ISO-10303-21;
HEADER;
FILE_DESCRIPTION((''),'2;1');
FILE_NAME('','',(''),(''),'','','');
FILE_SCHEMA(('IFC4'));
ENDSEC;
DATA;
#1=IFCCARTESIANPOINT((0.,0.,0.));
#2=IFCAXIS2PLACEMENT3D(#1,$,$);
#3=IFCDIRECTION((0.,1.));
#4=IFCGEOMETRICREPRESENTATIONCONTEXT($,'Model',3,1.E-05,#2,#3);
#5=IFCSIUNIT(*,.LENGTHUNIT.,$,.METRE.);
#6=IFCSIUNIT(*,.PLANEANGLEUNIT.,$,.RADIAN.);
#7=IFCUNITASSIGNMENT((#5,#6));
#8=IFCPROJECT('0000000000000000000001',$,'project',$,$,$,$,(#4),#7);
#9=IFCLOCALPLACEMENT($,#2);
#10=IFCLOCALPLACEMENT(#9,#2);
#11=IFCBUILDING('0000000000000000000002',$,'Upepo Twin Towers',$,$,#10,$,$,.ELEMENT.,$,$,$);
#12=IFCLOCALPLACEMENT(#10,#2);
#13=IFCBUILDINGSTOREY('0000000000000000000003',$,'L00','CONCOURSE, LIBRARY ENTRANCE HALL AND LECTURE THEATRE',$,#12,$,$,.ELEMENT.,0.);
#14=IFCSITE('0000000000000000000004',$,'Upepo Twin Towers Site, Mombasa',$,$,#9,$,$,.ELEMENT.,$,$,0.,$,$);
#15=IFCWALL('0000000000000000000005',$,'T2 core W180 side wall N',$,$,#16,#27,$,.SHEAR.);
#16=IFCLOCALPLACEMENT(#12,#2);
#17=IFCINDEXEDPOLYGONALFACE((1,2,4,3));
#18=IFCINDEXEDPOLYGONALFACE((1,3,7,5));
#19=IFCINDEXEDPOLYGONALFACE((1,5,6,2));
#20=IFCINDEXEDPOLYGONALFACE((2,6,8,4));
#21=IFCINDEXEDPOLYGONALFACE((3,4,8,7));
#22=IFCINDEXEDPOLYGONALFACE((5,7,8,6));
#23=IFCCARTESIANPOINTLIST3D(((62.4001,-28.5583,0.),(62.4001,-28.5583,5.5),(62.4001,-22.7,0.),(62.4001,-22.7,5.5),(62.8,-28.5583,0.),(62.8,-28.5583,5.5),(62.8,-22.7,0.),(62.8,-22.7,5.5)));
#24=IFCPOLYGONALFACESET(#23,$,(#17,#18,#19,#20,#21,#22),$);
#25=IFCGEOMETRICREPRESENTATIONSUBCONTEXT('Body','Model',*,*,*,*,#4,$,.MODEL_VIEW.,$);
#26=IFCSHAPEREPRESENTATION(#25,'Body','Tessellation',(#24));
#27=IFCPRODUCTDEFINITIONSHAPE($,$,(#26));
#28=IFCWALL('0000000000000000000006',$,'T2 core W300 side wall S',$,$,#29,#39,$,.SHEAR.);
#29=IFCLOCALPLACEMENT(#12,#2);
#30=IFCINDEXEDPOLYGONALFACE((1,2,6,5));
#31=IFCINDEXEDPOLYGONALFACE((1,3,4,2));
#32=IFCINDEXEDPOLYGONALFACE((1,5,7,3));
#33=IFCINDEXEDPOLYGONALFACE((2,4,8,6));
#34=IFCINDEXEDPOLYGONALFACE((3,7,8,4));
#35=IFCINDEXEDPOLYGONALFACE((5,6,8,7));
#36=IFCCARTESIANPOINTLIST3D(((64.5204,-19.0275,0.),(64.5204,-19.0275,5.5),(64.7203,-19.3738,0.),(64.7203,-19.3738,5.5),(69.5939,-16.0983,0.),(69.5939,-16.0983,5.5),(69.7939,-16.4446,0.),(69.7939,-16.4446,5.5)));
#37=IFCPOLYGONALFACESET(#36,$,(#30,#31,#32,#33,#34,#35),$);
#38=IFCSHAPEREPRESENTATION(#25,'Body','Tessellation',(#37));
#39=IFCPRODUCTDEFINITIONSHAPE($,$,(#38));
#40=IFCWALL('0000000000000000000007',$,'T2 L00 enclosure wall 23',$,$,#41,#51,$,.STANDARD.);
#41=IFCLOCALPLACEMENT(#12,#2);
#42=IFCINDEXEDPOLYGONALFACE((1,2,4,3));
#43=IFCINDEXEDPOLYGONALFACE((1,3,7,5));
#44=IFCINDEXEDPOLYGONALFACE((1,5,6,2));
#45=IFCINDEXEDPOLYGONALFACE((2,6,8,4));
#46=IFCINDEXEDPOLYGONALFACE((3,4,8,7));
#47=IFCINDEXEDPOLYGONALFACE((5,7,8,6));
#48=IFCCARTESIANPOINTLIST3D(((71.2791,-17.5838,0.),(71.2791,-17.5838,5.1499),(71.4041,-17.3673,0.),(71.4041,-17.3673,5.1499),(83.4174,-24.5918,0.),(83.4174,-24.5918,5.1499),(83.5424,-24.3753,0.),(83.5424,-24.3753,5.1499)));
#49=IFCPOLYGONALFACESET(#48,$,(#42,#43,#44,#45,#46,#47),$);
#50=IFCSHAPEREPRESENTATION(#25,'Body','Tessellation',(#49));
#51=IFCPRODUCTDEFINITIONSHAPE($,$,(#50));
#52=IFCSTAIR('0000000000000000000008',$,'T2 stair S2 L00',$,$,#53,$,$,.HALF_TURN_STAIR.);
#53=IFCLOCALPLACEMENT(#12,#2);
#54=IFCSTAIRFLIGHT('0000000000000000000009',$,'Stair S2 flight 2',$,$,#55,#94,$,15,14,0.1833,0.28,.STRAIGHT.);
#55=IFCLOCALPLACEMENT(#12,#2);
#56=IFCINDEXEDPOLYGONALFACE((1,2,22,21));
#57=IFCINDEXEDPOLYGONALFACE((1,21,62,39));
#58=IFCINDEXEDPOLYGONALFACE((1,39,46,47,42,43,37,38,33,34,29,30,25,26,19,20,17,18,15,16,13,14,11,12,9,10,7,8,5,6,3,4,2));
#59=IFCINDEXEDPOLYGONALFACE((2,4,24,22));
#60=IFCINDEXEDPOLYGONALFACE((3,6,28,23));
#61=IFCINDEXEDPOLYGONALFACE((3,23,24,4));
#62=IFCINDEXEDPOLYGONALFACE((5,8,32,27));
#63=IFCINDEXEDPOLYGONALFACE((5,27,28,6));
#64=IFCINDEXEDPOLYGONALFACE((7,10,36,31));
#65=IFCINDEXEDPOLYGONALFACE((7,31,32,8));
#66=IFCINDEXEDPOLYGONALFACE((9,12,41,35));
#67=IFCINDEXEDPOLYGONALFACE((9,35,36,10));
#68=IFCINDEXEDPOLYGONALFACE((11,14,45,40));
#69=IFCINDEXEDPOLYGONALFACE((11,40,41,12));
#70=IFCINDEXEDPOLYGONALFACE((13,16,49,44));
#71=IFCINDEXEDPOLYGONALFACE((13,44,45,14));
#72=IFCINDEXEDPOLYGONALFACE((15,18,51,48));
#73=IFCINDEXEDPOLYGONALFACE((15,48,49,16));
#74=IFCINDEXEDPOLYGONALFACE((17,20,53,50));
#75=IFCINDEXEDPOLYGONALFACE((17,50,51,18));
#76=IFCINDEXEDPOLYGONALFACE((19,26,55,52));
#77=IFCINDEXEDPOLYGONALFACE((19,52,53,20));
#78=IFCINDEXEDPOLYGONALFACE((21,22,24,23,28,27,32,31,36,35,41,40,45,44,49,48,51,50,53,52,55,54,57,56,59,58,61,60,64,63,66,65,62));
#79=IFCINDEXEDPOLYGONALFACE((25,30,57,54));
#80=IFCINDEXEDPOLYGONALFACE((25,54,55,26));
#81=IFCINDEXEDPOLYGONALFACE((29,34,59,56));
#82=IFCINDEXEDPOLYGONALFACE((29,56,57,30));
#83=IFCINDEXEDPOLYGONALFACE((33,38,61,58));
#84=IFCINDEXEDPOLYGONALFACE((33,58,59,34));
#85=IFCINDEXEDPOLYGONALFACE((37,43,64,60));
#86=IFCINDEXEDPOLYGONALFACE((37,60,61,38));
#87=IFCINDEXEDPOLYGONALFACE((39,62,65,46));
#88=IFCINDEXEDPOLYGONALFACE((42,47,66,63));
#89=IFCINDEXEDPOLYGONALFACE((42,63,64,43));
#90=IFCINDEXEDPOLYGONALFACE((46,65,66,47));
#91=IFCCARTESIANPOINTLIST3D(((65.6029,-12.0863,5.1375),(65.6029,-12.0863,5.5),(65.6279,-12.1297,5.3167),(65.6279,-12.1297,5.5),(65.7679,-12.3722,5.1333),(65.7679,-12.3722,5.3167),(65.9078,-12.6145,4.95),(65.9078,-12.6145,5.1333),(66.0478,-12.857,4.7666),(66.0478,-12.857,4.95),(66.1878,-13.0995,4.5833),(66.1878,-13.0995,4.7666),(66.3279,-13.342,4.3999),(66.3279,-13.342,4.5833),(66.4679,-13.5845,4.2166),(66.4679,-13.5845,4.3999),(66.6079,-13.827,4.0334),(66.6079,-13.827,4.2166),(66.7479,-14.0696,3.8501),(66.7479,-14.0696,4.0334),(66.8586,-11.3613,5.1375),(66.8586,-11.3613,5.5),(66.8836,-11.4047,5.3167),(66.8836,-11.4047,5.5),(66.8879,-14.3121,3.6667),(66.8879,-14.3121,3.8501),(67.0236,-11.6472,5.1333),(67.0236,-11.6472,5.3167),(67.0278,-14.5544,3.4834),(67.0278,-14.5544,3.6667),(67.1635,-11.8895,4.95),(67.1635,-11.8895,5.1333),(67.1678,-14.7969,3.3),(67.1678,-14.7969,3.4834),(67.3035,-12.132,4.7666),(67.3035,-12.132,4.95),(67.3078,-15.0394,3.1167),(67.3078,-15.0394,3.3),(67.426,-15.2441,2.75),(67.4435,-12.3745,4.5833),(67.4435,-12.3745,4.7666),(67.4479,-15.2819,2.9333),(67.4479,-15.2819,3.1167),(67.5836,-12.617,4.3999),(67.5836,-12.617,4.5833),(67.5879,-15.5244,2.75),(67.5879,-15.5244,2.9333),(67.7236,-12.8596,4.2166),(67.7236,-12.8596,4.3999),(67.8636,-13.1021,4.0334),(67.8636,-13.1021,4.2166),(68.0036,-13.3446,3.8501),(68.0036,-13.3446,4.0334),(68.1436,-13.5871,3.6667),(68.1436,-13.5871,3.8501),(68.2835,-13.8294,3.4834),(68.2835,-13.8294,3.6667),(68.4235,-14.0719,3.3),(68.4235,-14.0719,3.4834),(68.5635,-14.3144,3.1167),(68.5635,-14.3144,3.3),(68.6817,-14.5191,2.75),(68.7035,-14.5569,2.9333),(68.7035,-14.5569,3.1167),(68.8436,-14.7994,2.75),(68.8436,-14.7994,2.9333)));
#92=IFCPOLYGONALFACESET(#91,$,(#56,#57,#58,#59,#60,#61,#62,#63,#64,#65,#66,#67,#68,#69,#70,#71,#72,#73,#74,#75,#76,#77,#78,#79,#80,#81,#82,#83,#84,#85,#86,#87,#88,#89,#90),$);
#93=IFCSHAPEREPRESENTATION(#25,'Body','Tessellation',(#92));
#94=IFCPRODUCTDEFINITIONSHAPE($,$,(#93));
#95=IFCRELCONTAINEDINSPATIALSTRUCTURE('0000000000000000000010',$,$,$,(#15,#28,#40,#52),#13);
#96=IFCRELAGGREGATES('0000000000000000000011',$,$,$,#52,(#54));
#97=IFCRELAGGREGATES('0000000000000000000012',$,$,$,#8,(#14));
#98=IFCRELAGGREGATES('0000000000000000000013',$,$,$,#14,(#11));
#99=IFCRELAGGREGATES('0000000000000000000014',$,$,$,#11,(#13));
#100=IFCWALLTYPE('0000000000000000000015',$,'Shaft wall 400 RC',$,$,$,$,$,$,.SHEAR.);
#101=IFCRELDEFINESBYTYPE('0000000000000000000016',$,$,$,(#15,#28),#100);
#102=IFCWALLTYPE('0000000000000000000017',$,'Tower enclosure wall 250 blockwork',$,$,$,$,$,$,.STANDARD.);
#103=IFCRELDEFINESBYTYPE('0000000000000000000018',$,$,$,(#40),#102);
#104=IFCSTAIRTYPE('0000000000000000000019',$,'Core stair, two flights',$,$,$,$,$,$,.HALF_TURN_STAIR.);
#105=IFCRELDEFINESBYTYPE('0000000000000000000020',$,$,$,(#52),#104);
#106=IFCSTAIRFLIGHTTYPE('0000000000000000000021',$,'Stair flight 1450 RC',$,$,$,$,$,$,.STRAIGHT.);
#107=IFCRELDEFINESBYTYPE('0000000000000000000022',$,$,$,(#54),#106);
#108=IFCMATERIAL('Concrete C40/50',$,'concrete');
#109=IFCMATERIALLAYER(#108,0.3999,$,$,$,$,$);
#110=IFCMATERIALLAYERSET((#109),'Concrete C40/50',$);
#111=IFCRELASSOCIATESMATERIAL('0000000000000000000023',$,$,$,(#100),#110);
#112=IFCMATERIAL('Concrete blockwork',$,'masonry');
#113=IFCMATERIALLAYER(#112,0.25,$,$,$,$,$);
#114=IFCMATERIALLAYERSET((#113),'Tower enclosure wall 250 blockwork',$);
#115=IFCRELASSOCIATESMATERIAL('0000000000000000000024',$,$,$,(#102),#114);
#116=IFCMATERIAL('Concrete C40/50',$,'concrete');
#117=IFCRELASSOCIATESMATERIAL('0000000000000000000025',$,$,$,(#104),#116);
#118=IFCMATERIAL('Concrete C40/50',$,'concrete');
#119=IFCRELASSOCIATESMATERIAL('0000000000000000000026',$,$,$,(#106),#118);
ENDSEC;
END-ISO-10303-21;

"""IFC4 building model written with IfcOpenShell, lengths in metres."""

from ifc_helpers import new_model, si_unit, direction, frame, frame_2d, origin, place, context, subcontext, project, spatial, polyline, rectangle, outline, extrude, material, layer, layer_set, type_object, element, aggregate, save


model = new_model("IFC4")

# Units and contexts
model_context = context("Model", 3, precision=1e-05, world=origin(), true_north=direction((0.0, 1.0)))
body_context = subcontext(model_context, "Body", "Model", "MODEL_VIEW")
ifc_project = project(units=[si_unit("LENGTHUNIT", "METRE"), si_unit("PLANEANGLEUNIT", "RADIAN")], contexts=[model_context])

# Site, building, storey
site_placement = place(None, origin())
site = spatial("IfcSite", under=ifc_project, at=site_placement, Name="Upepo Twin Towers Site, Mombasa", CompositionType="ELEMENT", RefElevation=0.0)
building_placement = place(site_placement, origin())
building = spatial("IfcBuilding", under=site, at=building_placement, Name="Upepo Twin Towers", CompositionType="ELEMENT")
storey_placement = place(building_placement, origin())
storey = spatial("IfcBuildingStorey", under=building, at=storey_placement, Name="L00", Description="CONCOURSE, LIBRARY ENTRANCE HALL AND LECTURE THEATRE", CompositionType="ELEMENT", Elevation=0.0)

# Walls
ifc_material_1 = material(Name="Concrete C40/50", Category="concrete")
ifc_layer_1 = layer(ifc_material_1, 0.3999)
ifc_layer_set_1 = layer_set([ifc_layer_1], Name="Concrete C40/50")
wall_type_1 = type_object("IfcWallType", Name="Shaft wall 400 RC", PredefinedType="SHEAR", material=ifc_layer_set_1)
for number, where, z_axis, x_axis, name in (
    (1, (62.6001, -22.7, 0.0), (0.0, 0.0, 1.0), (0.0, -1.0, 0.0), "T2 core W180 side wall N"),
    (2, (64.6204, -19.2007, 0.0), (0.0, 0.0, 1.0), (0.866024, 0.500003, 0.0), "T2 core W300 side wall S"),
):
    element("IfcWall", number, at=place(storey_placement, frame(where, z_axis=z_axis, x_axis=x_axis)), inside=storey, type_object=wall_type_1, Name=name, PredefinedType="SHEAR", context=body_context, shape_type="SweptSolid", body=[
        extrude(rectangle(XDim=5.8584, YDim=0.3999, at=frame_2d((2.9292, 0.0))), origin(), (0.0, 0.0, 1.0), 5.5),
    ])
ifc_material_2 = material(Name="Concrete blockwork", Category="masonry")
ifc_layer_2 = layer(ifc_material_2, 0.25)
ifc_layer_set_2 = layer_set([ifc_layer_2], Name="Tower enclosure wall 250 blockwork")
wall_type_2 = type_object("IfcWallType", Name="Tower enclosure wall 250 blockwork", PredefinedType="STANDARD", material=ifc_layer_set_2)
wall_1_placement = place(storey_placement, frame((71.3416, -17.4756, 0.0), z_axis=(0.0, 0.0, 1.0), x_axis=(0.866028, -0.499996, 0.0)))
element("IfcWall", 3, at=wall_1_placement, inside=storey, type_object=wall_type_2, Name="T2 L00 enclosure wall 23", PredefinedType="STANDARD", context=body_context, shape_type="SweptSolid", body=[
    extrude(rectangle(XDim=14.0161, YDim=0.25, at=frame_2d((7.0081, 0.0))), origin(), (0.0, 0.0, 1.0), 5.1499),
])

# Stair, stair flight
ifc_material_3 = material(Name="Concrete C40/50", Category="concrete")
stair_type = type_object("IfcStairType", Name="Core stair, two flights", PredefinedType="HALF_TURN_STAIR", material=ifc_material_3)
stair_placement = place(storey_placement, origin())
stair = element("IfcStair", 4, at=stair_placement, inside=storey, type_object=stair_type, Name="T2 stair S2 L00", PredefinedType="HALF_TURN_STAIR")
ifc_material_4 = material(Name="Concrete C40/50", Category="concrete")
stair_flight_type = type_object("IfcStairFlightType", Name="Stair flight 1450 RC", PredefinedType="STRAIGHT", material=ifc_material_4)
stair_flight_placement = place(storey_placement, frame((68.2158, -15.1619, 2.75), z_axis=(0.0, 0.0, 1.0), x_axis=(-0.5, 0.866025, 0.0)))
stair_flight = element("IfcStairFlight", 5, at=stair_flight_placement, type_object=stair_flight_type, Name="Stair S2 flight 2", NumberOfRisers=15, NumberOfTreads=14, PredefinedType="STRAIGHT", RiserHeight=0.1833, TreadLength=0.28, context=body_context, shape_type="SweptSolid", body=[
    extrude(outline(polyline([(0.0, 0.0), (0.0, 0.1833), (0.28, 0.1833), (0.28, 0.3667), (0.5601, 0.3667), (0.5601, 0.55), (0.8401, 0.55), (0.8401, 0.7334), (1.1201, 0.7334), (1.1201, 0.9167), (1.3999, 0.9167), (1.3999, 1.1001), (1.6799, 1.1001), (1.6799, 1.2834), (1.96, 1.2834), (1.96, 1.4666), (2.24, 1.4666), (2.24, 1.6499), (2.52, 1.6499), (2.52, 1.8333), (2.8, 1.8333), (2.8, 2.0166), (3.0801, 2.0166), (3.0801, 2.2), (3.3601, 2.2), (3.3601, 2.3833), (3.6399, 2.3833), (3.6399, 2.5667), (3.9199, 2.5667), (3.9199, 2.75), (3.97, 2.75), (3.97, 2.3875), (0.3237, 0.0), (0.0, 0.0)])), frame((0.0, 0.7251, 0.0), z_axis=(0.0, -1.0, 0.0), x_axis=(1.0, 0.0, 0.0)), (0.0, 0.0, 1.0), 1.45),
])
aggregate(stair, [stair_flight])

save(model, "model.ifc")
